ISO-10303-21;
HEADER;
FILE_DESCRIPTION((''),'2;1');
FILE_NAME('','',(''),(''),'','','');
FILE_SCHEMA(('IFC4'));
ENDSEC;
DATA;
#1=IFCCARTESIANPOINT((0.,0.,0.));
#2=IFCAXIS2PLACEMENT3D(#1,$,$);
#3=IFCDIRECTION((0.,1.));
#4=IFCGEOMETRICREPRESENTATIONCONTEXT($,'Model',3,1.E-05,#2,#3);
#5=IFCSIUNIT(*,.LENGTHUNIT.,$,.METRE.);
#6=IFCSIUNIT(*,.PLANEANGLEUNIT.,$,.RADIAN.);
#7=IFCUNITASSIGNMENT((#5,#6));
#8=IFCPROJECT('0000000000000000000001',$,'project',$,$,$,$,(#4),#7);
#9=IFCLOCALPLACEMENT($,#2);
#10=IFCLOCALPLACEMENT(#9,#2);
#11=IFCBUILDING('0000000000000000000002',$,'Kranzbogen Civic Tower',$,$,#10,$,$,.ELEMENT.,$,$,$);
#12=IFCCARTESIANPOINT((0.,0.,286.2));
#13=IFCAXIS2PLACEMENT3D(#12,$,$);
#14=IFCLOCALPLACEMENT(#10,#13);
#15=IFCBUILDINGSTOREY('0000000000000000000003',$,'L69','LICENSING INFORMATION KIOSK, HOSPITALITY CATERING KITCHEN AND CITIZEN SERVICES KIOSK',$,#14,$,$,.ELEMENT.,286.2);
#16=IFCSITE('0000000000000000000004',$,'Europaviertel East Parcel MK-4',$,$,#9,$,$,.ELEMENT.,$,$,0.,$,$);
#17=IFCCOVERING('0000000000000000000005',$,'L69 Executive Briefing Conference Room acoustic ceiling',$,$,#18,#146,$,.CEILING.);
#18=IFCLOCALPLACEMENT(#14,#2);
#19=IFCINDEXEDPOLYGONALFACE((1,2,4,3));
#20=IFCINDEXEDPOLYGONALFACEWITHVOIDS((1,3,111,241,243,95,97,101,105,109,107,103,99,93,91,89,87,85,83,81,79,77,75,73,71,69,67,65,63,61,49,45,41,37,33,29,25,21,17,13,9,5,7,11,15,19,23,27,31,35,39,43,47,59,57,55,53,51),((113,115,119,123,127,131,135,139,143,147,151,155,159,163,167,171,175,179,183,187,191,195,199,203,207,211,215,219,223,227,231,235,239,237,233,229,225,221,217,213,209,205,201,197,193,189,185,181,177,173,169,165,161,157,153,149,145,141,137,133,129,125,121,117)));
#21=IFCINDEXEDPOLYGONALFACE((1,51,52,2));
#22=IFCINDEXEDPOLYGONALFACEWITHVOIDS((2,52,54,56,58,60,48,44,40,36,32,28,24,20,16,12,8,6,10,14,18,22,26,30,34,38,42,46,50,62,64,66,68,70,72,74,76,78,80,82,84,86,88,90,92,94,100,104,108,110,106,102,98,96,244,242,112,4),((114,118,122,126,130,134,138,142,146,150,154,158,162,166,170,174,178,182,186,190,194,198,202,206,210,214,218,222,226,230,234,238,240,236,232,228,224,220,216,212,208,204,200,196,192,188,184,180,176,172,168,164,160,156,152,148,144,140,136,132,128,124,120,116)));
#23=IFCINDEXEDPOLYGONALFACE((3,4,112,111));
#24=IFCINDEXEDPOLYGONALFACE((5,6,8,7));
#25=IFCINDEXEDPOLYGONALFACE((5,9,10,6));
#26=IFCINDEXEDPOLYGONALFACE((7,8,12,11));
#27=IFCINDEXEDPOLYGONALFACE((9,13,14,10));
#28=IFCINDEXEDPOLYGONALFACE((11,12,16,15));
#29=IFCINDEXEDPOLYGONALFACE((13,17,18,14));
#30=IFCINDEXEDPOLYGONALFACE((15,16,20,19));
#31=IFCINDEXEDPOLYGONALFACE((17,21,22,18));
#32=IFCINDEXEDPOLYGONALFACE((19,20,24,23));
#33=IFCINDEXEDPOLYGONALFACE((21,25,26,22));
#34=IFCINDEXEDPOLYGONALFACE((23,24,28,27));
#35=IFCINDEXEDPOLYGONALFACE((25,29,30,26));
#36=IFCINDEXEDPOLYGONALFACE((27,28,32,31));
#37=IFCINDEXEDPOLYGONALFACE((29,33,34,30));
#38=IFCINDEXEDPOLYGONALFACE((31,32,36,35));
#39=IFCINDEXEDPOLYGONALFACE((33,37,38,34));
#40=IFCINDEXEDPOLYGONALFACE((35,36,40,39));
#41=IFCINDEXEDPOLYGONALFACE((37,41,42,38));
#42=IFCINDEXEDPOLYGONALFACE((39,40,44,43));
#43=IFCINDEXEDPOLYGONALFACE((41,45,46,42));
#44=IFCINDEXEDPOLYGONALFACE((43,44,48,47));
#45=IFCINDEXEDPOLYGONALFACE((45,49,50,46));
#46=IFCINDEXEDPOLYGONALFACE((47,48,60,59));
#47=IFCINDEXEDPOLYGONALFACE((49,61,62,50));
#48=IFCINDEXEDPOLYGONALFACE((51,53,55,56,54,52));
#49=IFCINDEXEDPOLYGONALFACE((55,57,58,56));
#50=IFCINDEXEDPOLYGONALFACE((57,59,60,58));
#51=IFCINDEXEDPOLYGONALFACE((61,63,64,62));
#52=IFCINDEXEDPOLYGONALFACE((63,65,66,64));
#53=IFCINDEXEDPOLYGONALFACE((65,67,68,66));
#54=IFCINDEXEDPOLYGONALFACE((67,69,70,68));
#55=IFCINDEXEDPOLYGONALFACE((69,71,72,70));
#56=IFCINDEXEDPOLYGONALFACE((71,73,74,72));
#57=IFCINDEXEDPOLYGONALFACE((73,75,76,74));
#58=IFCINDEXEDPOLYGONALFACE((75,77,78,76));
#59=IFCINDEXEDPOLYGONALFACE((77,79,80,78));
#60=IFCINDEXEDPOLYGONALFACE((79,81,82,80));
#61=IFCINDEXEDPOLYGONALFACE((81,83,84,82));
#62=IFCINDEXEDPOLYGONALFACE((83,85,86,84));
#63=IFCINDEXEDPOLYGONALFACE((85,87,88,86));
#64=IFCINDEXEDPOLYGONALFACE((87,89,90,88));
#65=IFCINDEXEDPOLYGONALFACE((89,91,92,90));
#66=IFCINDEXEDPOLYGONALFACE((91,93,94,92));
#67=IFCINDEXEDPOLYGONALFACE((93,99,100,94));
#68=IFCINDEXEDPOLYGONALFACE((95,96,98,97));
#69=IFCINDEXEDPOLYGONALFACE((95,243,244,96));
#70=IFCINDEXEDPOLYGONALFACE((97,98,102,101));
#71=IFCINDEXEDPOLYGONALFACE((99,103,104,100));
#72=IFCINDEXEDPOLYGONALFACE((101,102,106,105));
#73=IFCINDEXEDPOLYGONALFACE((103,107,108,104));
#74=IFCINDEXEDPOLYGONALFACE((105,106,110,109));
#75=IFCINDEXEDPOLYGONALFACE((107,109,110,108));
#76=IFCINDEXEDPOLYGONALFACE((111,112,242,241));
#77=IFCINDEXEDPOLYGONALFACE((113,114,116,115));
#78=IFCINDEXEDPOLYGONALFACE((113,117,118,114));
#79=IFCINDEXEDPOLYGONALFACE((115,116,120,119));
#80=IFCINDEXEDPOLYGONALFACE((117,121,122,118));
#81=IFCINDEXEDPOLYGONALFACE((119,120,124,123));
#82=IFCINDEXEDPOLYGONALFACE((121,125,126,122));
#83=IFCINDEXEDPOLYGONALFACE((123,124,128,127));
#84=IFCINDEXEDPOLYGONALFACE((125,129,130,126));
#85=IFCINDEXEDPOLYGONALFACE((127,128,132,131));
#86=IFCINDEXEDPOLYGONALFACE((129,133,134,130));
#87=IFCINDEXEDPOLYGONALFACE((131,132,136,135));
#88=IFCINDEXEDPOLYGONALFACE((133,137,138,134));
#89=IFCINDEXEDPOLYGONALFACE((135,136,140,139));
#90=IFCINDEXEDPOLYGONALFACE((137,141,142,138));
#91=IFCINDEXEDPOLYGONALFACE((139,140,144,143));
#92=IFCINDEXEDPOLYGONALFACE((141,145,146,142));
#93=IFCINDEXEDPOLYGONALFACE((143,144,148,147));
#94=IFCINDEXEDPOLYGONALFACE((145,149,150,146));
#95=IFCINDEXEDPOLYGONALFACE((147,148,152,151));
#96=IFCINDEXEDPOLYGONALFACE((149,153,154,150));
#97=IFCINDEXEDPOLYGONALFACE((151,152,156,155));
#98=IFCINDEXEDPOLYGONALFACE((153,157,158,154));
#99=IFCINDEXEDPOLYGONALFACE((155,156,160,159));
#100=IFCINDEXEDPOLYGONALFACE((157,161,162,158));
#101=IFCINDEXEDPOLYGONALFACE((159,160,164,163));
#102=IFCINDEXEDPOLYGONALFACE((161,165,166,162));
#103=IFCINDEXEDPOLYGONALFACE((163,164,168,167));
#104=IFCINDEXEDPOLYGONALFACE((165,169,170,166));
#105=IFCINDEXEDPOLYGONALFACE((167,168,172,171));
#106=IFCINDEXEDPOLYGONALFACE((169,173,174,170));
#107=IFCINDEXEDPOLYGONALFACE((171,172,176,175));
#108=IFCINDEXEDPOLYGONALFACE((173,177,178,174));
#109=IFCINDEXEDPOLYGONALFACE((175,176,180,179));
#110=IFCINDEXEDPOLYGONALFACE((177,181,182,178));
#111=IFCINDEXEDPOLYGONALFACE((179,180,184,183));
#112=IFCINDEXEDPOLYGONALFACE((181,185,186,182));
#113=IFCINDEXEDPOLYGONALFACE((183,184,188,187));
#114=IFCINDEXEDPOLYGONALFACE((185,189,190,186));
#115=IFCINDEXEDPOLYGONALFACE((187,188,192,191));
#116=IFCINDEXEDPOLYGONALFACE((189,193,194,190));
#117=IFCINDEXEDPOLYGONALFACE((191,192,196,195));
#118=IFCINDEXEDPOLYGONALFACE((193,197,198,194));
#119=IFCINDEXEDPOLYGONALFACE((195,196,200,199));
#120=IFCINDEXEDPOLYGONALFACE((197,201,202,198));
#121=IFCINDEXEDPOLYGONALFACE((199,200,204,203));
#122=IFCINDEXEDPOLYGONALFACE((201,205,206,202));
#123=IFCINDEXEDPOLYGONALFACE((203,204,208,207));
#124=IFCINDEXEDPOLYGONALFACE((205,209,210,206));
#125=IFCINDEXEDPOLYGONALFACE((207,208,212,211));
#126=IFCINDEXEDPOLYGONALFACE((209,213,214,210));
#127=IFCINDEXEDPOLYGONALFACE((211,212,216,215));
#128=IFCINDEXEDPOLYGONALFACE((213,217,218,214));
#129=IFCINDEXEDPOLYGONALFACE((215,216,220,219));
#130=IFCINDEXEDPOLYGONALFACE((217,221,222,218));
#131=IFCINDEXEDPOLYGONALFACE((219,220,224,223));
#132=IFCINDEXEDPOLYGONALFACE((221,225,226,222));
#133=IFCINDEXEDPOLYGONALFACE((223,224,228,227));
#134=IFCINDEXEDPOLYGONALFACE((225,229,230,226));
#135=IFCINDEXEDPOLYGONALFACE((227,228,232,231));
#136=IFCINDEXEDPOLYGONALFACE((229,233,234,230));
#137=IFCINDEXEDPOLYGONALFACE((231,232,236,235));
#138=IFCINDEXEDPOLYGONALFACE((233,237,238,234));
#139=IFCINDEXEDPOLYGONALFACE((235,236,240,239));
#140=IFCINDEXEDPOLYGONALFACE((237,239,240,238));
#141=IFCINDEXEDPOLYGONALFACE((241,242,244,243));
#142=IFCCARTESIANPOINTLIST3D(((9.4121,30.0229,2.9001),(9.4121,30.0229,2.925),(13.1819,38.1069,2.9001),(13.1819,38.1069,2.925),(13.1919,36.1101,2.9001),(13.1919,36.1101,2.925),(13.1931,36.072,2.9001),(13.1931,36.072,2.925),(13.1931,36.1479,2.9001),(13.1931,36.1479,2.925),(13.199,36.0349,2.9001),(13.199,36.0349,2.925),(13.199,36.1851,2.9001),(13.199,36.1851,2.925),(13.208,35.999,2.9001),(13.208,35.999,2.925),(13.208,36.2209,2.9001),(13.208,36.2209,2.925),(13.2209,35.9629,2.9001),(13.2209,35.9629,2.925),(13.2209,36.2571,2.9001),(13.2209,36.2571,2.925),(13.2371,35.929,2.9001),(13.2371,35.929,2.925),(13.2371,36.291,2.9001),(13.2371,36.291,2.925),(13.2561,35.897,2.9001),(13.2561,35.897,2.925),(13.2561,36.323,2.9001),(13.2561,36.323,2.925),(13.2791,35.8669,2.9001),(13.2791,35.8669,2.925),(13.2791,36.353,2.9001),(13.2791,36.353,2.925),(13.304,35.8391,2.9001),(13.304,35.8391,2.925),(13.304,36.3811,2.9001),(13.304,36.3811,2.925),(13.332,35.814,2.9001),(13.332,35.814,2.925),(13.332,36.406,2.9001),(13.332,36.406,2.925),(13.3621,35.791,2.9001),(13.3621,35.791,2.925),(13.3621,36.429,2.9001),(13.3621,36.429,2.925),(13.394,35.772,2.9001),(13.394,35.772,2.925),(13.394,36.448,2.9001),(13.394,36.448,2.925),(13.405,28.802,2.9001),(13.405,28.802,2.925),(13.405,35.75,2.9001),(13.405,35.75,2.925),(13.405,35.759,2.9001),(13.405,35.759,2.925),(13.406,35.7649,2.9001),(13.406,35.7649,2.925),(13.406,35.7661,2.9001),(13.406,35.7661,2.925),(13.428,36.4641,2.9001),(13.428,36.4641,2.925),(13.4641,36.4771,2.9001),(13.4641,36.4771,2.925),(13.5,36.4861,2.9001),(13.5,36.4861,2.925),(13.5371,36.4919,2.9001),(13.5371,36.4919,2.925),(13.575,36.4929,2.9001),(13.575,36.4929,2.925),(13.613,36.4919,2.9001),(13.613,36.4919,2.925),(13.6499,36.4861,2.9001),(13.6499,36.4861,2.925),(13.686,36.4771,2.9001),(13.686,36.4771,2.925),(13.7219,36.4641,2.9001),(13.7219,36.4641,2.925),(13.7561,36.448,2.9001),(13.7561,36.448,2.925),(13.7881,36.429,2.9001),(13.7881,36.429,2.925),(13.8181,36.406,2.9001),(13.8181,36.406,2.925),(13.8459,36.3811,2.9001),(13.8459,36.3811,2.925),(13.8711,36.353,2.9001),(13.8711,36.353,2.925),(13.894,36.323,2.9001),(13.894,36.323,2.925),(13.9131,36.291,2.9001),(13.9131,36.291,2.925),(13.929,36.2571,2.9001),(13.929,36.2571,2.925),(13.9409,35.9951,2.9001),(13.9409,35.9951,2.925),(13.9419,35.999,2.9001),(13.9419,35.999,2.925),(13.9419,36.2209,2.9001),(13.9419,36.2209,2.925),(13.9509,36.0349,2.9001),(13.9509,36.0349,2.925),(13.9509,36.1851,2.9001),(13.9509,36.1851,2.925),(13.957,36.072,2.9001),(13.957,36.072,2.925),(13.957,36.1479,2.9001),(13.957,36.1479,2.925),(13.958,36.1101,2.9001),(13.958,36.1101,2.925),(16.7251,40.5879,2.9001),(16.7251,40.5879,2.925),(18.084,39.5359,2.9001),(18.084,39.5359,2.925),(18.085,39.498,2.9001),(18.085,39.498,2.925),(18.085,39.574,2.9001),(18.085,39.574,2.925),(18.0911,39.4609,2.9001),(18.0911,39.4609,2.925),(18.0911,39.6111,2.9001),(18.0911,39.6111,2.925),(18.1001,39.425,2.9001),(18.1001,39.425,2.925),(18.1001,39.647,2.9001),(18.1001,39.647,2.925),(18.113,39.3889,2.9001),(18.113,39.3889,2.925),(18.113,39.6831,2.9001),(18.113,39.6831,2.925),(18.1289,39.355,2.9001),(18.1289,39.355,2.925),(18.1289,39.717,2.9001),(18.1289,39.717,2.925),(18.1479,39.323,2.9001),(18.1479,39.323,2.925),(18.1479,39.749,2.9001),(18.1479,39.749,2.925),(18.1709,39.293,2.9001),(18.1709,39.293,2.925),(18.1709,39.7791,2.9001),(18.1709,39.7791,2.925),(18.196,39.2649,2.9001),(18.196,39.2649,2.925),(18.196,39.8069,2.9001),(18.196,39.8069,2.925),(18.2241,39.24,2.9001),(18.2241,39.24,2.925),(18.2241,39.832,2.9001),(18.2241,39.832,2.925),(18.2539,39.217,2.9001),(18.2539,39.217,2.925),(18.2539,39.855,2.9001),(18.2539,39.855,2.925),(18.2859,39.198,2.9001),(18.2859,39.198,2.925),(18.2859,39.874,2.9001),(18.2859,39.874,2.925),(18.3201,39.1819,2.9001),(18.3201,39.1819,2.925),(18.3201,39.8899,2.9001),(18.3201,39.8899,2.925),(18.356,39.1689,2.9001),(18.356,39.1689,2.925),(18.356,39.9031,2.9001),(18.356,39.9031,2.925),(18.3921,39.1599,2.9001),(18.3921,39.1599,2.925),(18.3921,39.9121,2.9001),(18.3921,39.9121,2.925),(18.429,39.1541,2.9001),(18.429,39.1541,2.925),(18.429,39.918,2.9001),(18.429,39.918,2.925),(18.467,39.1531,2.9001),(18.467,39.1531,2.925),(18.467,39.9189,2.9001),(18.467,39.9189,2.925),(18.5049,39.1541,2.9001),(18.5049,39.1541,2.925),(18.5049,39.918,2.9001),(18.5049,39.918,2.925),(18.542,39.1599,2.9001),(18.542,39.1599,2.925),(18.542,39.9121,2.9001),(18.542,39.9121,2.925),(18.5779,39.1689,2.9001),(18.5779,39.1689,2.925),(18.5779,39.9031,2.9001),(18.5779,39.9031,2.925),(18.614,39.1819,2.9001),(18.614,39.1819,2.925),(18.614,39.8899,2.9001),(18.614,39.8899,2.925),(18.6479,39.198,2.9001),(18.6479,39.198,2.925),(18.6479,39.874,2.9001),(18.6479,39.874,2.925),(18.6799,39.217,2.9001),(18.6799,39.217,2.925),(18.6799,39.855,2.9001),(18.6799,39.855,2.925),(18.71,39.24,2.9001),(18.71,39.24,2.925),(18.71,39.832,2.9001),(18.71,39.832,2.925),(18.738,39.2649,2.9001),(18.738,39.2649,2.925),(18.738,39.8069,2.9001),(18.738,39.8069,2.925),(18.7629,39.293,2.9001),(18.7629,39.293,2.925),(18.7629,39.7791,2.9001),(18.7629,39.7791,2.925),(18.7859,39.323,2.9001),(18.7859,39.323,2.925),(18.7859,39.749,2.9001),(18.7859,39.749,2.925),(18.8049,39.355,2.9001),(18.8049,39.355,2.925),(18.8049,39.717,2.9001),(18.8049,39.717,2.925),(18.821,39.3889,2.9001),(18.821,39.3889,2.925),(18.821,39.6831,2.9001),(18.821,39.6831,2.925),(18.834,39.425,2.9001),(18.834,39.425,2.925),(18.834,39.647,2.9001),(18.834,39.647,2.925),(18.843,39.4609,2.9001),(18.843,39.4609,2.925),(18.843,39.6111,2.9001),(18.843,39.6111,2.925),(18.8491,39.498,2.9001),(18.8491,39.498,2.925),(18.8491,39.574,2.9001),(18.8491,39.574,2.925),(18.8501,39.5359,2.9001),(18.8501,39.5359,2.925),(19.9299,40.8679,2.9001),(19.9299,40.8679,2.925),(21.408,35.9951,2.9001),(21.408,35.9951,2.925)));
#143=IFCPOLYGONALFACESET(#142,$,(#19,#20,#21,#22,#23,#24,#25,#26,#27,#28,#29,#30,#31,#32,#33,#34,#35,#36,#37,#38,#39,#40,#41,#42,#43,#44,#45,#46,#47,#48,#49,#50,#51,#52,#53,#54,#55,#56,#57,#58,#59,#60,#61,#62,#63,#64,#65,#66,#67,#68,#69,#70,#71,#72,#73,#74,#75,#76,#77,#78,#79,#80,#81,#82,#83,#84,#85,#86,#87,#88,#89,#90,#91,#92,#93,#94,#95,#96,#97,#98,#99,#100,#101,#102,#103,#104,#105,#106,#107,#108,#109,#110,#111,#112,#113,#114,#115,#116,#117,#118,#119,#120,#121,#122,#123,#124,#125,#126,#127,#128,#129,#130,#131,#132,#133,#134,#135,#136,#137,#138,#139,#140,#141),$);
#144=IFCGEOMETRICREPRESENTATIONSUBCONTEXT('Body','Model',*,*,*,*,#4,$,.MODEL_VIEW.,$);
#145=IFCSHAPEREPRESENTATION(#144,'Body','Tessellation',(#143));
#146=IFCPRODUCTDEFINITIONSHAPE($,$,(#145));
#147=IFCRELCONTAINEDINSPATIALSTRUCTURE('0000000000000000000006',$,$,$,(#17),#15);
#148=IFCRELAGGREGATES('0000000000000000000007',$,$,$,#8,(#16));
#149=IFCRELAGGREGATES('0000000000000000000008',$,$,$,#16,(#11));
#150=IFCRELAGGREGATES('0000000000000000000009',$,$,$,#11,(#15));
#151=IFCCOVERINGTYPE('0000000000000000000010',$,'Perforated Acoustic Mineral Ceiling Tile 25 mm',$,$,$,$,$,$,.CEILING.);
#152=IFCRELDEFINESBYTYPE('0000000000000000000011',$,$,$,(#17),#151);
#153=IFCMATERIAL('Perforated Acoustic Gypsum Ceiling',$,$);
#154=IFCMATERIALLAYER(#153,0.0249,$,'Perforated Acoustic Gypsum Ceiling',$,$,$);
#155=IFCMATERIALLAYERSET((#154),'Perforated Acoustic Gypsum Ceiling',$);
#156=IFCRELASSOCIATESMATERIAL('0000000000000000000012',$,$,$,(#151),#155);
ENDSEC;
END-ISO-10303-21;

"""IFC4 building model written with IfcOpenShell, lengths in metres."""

from ifc_helpers import new_model, si_unit, direction, frame, origin, place, context, subcontext, project, spatial, polyline, outline, extrude, material, layer, layer_set, type_object, element, save


model = new_model("IFC4")

# Units and contexts
model_context = context("Model", 3, precision=1e-05, world=origin(), true_north=direction((0.0, 1.0)))
body_context = subcontext(model_context, "Body", "Model", "MODEL_VIEW")
ifc_project = project(units=[si_unit("LENGTHUNIT", "METRE"), si_unit("PLANEANGLEUNIT", "RADIAN")], contexts=[model_context])

# Site, building, storey
site_placement = place(None, origin())
site = spatial("IfcSite", under=ifc_project, at=site_placement, Name="Europaviertel East Parcel MK-4", CompositionType="ELEMENT", RefElevation=0.0)
building_placement = place(site_placement, origin())
building = spatial("IfcBuilding", under=site, at=building_placement, Name="Kranzbogen Civic Tower", CompositionType="ELEMENT")
storey_placement = place(building_placement, frame((0.0, 0.0, 286.2)))
storey = spatial("IfcBuildingStorey", under=building, at=storey_placement, Name="L69", Description="LICENSING INFORMATION KIOSK, HOSPITALITY CATERING KITCHEN AND CITIZEN SERVICES KIOSK", CompositionType="ELEMENT", Elevation=286.2)

# Covering
ifc_material_1 = material(Name="Perforated Acoustic Gypsum Ceiling")
ifc_layer_1 = layer(ifc_material_1, 0.0249, Name="Perforated Acoustic Gypsum Ceiling")
ifc_layer_set_1 = layer_set([ifc_layer_1], Name="Perforated Acoustic Gypsum Ceiling")
covering_type_1 = type_object("IfcCoveringType", Name="Perforated Acoustic Mineral Ceiling Tile 25 mm", PredefinedType="CEILING", material=ifc_layer_set_1)
covering_1_placement = place(storey_placement, frame((0.0, 0.0, 2.9001)))
element("IfcCovering", 1, at=covering_1_placement, inside=storey, type_object=covering_type_1, Name="L69 Executive Briefing Conference Room acoustic ceiling", PredefinedType="CEILING", context=body_context, shape_type="SweptSolid", body=[
    extrude(outline(polyline([(16.7251, 40.5879), (19.9299, 40.8679), (21.408, 35.9951), (13.9409, 35.9951), (13.9419, 35.999), (13.9509, 36.0349), (13.957, 36.072), (13.958, 36.1101), (13.957, 36.1479), (13.9509, 36.1851), (13.9419, 36.2209), (13.929, 36.2571), (13.9131, 36.291), (13.894, 36.323), (13.8711, 36.353), (13.8459, 36.3811), (13.8181, 36.406), (13.7881, 36.429), (13.7561, 36.448), (13.7219, 36.4641), (13.686, 36.4771), (13.6499, 36.4861), (13.613, 36.4919), (13.575, 36.4929), (13.5371, 36.4919), (13.5, 36.4861), (13.4641, 36.4771), (13.428, 36.4641), (13.394, 36.448), (13.3621, 36.429), (13.332, 36.406), (13.304, 36.3811), (13.2791, 36.353), (13.2561, 36.323), (13.2371, 36.291), (13.2209, 36.2571), (13.208, 36.2209), (13.199, 36.1851), (13.1931, 36.1479), (13.1919, 36.1101), (13.1931, 36.072), (13.199, 36.0349), (13.208, 35.999), (13.2209, 35.9629), (13.2371, 35.929), (13.2561, 35.897), (13.2791, 35.8669), (13.304, 35.8391), (13.332, 35.814), (13.3621, 35.791), (13.394, 35.772), (13.406, 35.7661), (13.406, 35.7649), (13.405, 35.759), (13.405, 35.75), (13.405, 28.802), (9.4121, 30.0229), (13.1819, 38.1069), (16.7251, 40.5879)]), holes=[polyline([(18.821, 39.3889), (18.8049, 39.355), (18.7859, 39.323), (18.7629, 39.293), (18.738, 39.2649), (18.71, 39.24), (18.6799, 39.217), (18.6479, 39.198), (18.614, 39.1819), (18.5779, 39.1689), (18.542, 39.1599), (18.5049, 39.1541), (18.467, 39.1531), (18.429, 39.1541), (18.3921, 39.1599), (18.356, 39.1689), (18.3201, 39.1819), (18.2859, 39.198), (18.2539, 39.217), (18.2241, 39.24), (18.196, 39.2649), (18.1709, 39.293), (18.1479, 39.323), (18.1289, 39.355), (18.113, 39.3889), (18.1001, 39.425), (18.0911, 39.4609), (18.085, 39.498), (18.084, 39.5359), (18.085, 39.574), (18.0911, 39.6111), (18.1001, 39.647), (18.113, 39.6831), (18.1289, 39.717), (18.1479, 39.749), (18.1709, 39.7791), (18.196, 39.8069), (18.2241, 39.832), (18.2539, 39.855), (18.2859, 39.874), (18.3201, 39.8899), (18.356, 39.9031), (18.3921, 39.9121), (18.429, 39.918), (18.467, 39.9189), (18.5049, 39.918), (18.542, 39.9121), (18.5779, 39.9031), (18.614, 39.8899), (18.6479, 39.874), (18.6799, 39.855), (18.71, 39.832), (18.738, 39.8069), (18.7629, 39.7791), (18.7859, 39.749), (18.8049, 39.717), (18.821, 39.6831), (18.834, 39.647), (18.843, 39.6111), (18.8491, 39.574), (18.8501, 39.5359), (18.8491, 39.498), (18.843, 39.4609), (18.834, 39.425), (18.821, 39.3889)])]), origin(), (0.0, 0.0, 1.0), 0.0249),
])

save(model, "model.ifc")
